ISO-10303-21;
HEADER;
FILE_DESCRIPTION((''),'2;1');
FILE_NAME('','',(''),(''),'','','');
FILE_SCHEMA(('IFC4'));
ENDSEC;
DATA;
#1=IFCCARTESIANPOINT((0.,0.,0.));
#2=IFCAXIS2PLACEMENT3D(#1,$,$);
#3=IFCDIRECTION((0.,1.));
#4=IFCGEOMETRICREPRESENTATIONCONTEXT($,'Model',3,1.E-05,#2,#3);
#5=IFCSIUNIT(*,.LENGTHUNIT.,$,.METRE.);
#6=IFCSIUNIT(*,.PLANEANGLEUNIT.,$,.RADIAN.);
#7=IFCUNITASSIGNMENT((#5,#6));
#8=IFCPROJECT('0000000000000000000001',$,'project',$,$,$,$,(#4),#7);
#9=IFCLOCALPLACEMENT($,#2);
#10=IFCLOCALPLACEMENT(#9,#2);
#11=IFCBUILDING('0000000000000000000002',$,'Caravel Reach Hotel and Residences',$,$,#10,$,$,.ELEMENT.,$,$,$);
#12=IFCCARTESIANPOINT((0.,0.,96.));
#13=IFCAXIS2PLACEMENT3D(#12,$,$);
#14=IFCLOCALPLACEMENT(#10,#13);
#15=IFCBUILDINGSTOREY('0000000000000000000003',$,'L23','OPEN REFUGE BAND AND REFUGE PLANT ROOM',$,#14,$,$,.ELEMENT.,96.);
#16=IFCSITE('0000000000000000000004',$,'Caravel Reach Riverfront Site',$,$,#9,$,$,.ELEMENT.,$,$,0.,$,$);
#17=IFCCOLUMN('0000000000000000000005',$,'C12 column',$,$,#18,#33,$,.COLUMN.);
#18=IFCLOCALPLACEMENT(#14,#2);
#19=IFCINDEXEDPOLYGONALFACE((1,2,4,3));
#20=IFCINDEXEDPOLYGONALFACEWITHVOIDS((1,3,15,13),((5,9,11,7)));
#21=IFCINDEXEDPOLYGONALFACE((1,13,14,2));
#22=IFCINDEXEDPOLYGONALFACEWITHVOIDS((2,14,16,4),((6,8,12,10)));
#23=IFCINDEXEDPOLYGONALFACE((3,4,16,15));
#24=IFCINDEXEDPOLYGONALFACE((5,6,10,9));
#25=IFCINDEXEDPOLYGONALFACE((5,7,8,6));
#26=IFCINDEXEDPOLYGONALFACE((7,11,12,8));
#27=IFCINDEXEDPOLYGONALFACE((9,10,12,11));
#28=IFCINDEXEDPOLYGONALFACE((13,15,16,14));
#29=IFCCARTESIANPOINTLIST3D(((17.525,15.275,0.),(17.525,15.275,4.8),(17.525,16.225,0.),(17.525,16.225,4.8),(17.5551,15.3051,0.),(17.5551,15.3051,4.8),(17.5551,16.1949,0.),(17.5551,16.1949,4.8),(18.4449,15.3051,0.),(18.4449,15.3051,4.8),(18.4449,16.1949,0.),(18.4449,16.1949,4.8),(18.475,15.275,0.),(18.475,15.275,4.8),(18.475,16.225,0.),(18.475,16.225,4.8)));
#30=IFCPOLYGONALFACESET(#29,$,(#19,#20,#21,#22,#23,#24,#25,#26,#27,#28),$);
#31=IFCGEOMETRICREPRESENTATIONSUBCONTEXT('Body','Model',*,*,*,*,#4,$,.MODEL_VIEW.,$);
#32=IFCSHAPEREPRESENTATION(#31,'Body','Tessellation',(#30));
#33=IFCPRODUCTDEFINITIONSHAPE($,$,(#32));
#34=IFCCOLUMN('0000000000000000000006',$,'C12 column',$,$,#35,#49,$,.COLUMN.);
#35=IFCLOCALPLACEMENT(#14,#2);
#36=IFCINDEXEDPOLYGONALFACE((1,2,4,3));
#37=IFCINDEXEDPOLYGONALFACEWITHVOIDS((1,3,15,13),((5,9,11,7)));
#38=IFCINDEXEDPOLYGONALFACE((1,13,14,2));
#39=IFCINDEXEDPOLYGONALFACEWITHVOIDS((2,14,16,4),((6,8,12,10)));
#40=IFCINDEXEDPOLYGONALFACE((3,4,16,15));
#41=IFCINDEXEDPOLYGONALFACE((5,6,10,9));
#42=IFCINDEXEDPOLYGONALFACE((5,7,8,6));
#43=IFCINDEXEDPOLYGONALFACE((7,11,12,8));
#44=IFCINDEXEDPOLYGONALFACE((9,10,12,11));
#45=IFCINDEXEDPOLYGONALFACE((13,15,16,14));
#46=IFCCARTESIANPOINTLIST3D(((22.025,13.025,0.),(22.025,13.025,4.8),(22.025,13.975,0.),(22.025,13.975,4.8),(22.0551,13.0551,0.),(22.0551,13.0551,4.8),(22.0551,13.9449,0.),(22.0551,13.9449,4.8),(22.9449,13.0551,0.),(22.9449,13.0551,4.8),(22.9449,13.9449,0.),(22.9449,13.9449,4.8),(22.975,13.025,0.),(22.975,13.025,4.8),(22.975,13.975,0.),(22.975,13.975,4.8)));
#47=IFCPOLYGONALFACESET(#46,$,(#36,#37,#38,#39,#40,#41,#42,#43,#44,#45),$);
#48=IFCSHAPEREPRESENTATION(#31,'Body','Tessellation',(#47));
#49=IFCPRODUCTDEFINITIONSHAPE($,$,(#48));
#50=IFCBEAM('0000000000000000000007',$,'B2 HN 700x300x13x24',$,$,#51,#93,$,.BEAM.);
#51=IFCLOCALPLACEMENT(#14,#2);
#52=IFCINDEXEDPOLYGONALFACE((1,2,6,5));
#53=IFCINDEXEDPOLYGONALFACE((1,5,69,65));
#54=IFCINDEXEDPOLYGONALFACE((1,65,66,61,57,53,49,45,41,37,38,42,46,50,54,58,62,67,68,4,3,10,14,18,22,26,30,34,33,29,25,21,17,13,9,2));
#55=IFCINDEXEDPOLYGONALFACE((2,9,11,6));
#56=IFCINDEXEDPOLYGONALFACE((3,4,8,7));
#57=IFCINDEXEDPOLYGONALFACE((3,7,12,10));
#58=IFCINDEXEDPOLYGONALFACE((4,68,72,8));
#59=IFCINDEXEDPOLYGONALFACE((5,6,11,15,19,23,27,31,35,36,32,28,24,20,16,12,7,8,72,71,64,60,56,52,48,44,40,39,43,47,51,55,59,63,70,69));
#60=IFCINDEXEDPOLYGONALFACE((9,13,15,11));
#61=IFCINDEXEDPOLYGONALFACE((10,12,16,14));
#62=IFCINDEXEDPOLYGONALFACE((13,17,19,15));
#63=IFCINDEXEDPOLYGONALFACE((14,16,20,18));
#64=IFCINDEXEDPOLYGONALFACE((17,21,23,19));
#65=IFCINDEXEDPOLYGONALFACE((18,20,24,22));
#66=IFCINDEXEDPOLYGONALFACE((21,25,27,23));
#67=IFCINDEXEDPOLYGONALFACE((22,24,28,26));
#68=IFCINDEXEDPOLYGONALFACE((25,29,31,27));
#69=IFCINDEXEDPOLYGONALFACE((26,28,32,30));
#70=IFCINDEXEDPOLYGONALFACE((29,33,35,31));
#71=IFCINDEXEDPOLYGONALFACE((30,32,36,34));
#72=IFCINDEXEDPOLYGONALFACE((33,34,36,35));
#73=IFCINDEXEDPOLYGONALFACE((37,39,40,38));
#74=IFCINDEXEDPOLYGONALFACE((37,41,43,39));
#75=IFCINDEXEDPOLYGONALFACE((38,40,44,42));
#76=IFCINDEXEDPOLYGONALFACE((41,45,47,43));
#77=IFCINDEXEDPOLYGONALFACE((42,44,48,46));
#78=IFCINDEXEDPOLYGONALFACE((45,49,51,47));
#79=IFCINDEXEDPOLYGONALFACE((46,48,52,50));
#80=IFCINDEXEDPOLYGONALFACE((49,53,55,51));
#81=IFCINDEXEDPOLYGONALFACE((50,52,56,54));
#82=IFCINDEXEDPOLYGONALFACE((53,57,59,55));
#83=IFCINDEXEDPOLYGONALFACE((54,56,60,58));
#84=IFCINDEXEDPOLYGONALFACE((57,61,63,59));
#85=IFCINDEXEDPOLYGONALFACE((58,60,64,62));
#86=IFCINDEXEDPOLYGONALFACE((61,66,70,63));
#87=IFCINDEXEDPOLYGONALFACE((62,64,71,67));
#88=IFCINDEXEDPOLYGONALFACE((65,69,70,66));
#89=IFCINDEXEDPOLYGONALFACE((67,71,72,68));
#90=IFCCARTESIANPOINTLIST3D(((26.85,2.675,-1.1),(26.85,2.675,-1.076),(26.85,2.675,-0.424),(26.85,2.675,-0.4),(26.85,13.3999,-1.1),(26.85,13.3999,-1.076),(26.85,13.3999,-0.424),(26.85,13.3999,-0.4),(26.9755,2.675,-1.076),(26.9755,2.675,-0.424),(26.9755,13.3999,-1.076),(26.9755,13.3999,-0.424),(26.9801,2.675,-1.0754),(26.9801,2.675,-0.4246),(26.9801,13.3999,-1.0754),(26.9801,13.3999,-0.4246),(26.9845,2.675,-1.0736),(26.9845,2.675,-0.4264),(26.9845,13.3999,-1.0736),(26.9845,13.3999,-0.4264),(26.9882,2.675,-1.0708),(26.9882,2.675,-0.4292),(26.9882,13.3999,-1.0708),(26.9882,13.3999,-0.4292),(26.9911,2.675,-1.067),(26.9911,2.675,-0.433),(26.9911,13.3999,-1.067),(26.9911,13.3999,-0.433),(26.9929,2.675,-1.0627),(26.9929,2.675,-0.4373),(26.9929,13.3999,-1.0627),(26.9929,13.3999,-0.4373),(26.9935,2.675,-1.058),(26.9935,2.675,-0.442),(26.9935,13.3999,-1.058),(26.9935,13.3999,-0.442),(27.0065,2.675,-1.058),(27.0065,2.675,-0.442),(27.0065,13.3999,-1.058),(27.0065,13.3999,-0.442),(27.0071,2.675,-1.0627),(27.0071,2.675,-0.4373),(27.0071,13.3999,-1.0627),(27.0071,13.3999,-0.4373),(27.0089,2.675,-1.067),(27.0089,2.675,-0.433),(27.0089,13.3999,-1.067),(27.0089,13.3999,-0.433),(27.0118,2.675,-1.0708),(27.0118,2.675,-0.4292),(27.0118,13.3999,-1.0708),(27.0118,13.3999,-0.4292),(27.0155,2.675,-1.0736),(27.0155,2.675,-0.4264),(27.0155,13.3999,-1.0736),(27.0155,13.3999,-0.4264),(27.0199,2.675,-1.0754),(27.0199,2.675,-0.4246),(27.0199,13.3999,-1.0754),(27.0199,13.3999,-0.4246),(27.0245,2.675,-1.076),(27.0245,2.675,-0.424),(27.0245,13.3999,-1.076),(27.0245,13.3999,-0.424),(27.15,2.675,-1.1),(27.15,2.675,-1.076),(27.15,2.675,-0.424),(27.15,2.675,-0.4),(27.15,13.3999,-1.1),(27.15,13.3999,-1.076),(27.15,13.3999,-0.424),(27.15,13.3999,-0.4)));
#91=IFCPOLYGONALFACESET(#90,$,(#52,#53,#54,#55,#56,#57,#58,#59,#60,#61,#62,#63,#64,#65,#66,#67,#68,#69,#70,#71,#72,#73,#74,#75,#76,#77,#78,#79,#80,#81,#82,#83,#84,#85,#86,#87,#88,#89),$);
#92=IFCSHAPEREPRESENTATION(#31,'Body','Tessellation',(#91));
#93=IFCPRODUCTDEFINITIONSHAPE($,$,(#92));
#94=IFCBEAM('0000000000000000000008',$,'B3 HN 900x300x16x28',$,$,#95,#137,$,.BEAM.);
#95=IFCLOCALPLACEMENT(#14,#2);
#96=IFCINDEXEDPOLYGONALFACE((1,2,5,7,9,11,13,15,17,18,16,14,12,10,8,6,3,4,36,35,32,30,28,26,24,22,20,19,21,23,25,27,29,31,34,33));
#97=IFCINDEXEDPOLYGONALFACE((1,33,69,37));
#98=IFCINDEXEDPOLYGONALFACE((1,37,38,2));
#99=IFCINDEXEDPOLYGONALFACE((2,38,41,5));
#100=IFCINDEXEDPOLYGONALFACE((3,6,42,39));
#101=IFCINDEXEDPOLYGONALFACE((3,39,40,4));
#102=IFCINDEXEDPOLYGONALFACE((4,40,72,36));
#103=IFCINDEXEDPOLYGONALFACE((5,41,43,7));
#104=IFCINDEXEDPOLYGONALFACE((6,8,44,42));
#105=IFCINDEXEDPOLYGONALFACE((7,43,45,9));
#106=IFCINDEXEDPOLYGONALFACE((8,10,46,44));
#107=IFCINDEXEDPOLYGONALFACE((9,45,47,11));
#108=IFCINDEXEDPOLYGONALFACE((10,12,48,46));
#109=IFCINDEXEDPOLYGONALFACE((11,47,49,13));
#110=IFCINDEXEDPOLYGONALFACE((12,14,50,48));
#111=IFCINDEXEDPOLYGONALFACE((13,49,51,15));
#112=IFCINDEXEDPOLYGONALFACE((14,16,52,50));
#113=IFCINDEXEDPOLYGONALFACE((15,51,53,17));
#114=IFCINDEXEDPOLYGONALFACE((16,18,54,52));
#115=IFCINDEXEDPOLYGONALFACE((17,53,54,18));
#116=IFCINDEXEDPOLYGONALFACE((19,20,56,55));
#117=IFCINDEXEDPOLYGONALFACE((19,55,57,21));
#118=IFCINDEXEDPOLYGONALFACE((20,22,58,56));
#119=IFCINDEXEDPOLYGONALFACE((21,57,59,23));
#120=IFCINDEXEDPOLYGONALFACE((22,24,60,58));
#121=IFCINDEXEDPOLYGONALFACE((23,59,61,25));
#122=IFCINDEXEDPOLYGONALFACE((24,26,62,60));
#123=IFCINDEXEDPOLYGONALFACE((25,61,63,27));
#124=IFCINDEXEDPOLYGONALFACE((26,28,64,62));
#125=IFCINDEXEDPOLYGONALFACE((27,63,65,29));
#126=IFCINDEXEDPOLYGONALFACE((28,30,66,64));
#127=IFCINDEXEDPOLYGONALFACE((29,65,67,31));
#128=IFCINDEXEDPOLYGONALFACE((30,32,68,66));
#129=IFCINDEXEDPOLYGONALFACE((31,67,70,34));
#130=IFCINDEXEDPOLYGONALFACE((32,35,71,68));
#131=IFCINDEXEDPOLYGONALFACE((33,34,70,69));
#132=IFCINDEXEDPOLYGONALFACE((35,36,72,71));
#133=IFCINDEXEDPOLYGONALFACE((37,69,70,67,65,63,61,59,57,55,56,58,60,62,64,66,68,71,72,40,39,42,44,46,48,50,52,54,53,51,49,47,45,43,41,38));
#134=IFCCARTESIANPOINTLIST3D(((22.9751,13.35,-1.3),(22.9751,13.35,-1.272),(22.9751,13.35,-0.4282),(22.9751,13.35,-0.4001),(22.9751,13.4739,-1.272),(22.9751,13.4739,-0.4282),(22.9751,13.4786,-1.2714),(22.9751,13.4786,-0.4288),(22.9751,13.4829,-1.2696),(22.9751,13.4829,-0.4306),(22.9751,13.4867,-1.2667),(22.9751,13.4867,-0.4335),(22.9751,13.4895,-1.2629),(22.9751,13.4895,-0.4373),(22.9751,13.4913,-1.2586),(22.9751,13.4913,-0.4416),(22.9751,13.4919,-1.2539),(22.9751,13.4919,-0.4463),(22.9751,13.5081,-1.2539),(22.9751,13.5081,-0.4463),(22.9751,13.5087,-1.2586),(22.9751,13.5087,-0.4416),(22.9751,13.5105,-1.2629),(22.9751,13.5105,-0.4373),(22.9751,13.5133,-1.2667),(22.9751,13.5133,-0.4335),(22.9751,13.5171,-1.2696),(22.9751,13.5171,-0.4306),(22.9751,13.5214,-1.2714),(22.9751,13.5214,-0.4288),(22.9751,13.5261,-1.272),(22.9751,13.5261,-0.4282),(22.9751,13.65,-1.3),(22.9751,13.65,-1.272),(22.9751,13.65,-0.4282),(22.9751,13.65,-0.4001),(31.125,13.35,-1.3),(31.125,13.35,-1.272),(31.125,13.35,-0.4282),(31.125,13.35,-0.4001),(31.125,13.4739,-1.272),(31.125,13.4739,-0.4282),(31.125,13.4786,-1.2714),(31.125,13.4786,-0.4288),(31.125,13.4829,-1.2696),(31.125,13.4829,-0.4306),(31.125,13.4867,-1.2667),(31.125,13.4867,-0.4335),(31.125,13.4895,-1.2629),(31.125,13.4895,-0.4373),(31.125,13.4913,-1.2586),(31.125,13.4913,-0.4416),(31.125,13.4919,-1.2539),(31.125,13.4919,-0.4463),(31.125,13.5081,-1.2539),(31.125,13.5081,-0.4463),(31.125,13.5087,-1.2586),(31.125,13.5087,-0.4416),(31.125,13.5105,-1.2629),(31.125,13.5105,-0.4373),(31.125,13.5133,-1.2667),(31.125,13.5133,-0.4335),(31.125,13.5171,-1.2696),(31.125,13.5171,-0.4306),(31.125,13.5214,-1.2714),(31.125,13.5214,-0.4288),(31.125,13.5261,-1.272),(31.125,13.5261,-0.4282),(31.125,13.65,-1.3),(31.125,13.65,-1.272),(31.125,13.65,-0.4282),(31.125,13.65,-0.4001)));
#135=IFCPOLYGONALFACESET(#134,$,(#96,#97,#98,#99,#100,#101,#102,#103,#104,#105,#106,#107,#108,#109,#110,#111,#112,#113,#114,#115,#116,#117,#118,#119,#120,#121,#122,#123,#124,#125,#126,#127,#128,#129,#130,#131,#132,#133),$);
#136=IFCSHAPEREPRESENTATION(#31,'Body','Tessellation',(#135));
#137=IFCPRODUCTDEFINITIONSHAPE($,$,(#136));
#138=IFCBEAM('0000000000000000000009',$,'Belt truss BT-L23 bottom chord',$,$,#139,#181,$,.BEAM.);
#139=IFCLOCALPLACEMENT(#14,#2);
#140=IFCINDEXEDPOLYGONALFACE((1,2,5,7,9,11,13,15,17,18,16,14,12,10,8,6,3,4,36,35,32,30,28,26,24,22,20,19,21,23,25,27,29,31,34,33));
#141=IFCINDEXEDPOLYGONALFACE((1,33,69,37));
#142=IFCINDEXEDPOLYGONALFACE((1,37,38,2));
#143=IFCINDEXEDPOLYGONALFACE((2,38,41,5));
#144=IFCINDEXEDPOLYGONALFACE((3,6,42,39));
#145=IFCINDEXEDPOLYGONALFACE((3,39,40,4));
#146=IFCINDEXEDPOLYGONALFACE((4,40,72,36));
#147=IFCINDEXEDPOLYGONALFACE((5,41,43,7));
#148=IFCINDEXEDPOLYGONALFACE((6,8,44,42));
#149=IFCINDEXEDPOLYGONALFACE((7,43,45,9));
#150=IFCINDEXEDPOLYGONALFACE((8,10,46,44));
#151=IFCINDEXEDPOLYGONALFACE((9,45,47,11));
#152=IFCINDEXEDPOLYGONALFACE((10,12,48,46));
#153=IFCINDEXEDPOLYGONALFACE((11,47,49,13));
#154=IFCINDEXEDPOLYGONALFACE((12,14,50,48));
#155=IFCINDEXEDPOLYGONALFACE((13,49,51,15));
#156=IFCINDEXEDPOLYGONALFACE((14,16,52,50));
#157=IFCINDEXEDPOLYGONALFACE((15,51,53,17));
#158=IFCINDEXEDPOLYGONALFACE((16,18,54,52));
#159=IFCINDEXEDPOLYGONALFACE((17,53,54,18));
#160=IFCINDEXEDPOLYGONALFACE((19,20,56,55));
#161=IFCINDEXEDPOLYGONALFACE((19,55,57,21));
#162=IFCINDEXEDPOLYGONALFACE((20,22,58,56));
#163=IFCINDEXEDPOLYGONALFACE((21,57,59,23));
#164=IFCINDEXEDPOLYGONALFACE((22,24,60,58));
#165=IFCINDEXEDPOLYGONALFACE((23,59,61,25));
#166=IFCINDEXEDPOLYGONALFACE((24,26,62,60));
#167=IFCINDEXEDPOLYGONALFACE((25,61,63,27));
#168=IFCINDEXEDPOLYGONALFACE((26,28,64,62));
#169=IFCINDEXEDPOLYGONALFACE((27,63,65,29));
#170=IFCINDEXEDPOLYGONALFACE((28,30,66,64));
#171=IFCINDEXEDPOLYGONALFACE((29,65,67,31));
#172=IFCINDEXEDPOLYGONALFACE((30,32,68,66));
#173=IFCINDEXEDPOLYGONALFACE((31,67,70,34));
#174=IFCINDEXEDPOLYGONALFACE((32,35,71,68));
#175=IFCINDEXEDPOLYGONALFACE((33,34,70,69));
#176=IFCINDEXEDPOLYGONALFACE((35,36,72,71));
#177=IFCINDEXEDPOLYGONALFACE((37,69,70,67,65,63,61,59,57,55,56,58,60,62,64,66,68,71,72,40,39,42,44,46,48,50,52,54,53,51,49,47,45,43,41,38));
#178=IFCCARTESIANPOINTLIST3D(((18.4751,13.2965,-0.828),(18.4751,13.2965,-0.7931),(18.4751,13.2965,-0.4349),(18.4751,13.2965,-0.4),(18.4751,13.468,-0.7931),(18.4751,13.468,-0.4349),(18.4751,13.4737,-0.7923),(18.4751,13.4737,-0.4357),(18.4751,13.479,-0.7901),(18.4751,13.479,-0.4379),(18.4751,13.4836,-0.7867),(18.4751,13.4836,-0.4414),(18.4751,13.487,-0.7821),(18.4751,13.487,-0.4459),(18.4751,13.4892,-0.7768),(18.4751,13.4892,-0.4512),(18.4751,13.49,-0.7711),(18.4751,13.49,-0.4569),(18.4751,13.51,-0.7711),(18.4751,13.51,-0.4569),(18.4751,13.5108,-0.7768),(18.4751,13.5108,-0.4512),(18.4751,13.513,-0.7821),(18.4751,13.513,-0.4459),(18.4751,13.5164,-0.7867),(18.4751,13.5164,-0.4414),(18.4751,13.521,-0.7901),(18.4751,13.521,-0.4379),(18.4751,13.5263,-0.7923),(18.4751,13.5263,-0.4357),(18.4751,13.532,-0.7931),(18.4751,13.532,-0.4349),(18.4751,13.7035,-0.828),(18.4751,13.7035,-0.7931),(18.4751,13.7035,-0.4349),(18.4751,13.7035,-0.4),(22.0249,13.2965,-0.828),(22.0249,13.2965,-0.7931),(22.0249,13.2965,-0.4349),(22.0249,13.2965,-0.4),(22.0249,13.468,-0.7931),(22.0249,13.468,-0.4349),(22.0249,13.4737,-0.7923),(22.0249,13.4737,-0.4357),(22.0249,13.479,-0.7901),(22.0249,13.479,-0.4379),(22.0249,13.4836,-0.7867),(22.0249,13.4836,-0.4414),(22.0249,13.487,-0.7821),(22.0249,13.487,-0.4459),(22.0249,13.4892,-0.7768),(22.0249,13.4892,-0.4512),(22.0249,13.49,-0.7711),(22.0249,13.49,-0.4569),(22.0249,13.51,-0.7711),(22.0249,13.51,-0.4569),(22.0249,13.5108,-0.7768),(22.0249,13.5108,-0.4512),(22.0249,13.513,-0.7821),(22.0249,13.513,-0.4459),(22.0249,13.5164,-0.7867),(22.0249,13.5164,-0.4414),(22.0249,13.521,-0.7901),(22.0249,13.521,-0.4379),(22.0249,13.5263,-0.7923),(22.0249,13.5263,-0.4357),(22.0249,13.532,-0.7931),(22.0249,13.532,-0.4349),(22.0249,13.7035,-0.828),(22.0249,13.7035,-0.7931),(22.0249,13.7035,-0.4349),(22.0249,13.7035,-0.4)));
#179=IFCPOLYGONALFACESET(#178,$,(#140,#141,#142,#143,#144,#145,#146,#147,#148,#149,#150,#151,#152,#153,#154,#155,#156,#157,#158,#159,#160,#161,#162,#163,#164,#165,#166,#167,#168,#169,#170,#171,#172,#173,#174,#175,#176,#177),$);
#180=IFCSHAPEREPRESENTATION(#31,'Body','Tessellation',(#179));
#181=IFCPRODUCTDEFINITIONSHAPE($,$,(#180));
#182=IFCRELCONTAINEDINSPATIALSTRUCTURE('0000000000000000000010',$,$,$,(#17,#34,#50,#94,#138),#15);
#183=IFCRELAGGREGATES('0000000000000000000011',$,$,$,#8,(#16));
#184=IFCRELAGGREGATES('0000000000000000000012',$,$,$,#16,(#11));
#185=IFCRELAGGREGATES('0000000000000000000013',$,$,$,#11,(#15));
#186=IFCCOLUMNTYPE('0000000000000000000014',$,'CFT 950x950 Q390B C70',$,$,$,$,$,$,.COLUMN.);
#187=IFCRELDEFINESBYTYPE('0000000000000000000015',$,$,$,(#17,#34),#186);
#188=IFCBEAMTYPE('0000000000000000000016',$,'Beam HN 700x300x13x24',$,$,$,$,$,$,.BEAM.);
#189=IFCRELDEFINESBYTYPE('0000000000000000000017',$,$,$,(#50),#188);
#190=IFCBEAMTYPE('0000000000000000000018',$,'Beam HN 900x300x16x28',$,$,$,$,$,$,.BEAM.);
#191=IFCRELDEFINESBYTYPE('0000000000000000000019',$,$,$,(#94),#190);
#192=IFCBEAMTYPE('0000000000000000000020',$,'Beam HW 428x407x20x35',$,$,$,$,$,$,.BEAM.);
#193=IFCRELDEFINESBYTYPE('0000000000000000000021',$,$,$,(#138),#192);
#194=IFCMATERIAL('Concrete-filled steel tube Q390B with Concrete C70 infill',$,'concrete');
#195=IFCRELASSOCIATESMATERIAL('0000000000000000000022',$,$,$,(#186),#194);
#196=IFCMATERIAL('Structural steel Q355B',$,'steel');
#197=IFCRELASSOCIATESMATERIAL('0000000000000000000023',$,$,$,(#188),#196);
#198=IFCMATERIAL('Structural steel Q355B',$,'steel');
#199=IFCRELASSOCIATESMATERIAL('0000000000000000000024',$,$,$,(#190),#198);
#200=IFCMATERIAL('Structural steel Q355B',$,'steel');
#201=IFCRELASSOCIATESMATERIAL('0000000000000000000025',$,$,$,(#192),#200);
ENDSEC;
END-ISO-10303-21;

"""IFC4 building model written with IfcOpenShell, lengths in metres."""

from ifc_helpers import new_model, si_unit, direction, frame, origin, origin_2d, place, context, subcontext, project, spatial, hollow_rectangle, i_section, extrude, material, material_profile, profile_set, type_object, element, save


model = new_model("IFC4")

# Units and contexts
model_context = context("Model", 3, precision=1e-05, world=origin(), true_north=direction((0.0, 1.0)))
body_context = subcontext(model_context, "Body", "Model", "MODEL_VIEW")
ifc_project = project(units=[si_unit("LENGTHUNIT", "METRE"), si_unit("PLANEANGLEUNIT", "RADIAN")], contexts=[model_context])

# Site, building, storey
site_placement = place(None, origin())
site = spatial("IfcSite", under=ifc_project, at=site_placement, Name="Caravel Reach Riverfront Site", CompositionType="ELEMENT", RefElevation=0.0)
building_placement = place(site_placement, origin())
building = spatial("IfcBuilding", under=site, at=building_placement, Name="Caravel Reach Hotel and Residences", CompositionType="ELEMENT")
storey_placement = place(building_placement, frame((0.0, 0.0, 96.0)))
storey = spatial("IfcBuildingStorey", under=building, at=storey_placement, Name="L23", Description="OPEN REFUGE BAND AND REFUGE PLANT ROOM", CompositionType="ELEMENT", Elevation=96.0)

# Columns
ifc_material_1 = material(Name="Concrete-filled steel tube Q390B with Concrete C70 infill", Category="concrete")
ifc_material_profile_1 = material_profile(ifc_material_1, hollow_rectangle(XDim=0.95, YDim=0.95, WallThickness=0.03, at=origin_2d()), Name="RHS 950x950x30")
ifc_profile_set_1 = profile_set([ifc_material_profile_1], Name="Concrete-filled steel tube Q390B with Concrete C70 infill")
column_type = type_object("IfcColumnType", Name="CFT 950x950 Q390B C70", PredefinedType="COLUMN", material=ifc_profile_set_1)
for number, where, z_axis, x_axis, name in (
    (1, (18.0, 15.75, 0.0), (0.0, 0.0, 1.0), (1.0, 0.0, 0.0), "C12 column"),
    (2, (22.5, 13.5, 0.0), (0.0, 0.0, 1.0), (1.0, 0.0, 0.0), "C12 column"),
):
    element("IfcColumn", number, at=place(storey_placement, frame(where, z_axis=z_axis, x_axis=x_axis)), inside=storey, type_object=column_type, Name=name, PredefinedType="COLUMN", context=body_context, shape_type="SweptSolid", body=[
        extrude(hollow_rectangle(XDim=0.95, YDim=0.95, WallThickness=0.03, at=origin_2d()), origin(), (0.0, 0.0, 1.0), 4.8),
    ])

# Beams
ifc_material_2 = material(Name="Structural steel Q355B", Category="steel")
ifc_material_profile_2 = material_profile(ifc_material_2, i_section(OverallWidth=0.3, OverallDepth=0.7, WebThickness=0.0129, FlangeThickness=0.0239, FilletRadius=0.0181, at=origin_2d()), Name="HN 700x300x13x24")
ifc_profile_set_2 = profile_set([ifc_material_profile_2], Name="Structural steel Q355B")
beam_type_1 = type_object("IfcBeamType", Name="Beam HN 700x300x13x24", PredefinedType="BEAM", material=ifc_profile_set_2)
beam_1_placement = place(storey_placement, frame((27.0, 13.3999, -0.75), z_axis=(0.0, -1.0, 0.0), x_axis=(1.0, 0.0, 0.0)))
element("IfcBeam", 3, at=beam_1_placement, inside=storey, type_object=beam_type_1, Name="B2 HN 700x300x13x24", PredefinedType="BEAM", context=body_context, shape_type="SweptSolid", body=[
    extrude(i_section(OverallWidth=0.3, OverallDepth=0.7, WebThickness=0.0129, FlangeThickness=0.0239, FilletRadius=0.0181, at=origin_2d()), origin(), (0.0, 0.0, 1.0), 10.7249),
])
ifc_material_3 = material(Name="Structural steel Q355B", Category="steel")
ifc_material_profile_3 = material_profile(ifc_material_3, i_section(OverallWidth=0.3, OverallDepth=0.8999, WebThickness=0.0161, FlangeThickness=0.0281, FilletRadius=0.0181, at=origin_2d()), Name="HN 900x300x16x28")
ifc_profile_set_3 = profile_set([ifc_material_profile_3], Name="Structural steel Q355B")
beam_type_2 = type_object("IfcBeamType", Name="Beam HN 900x300x16x28", PredefinedType="BEAM", material=ifc_profile_set_3)
beam_2_placement = place(storey_placement, frame((22.9751, 13.5, -0.8501), z_axis=(1.0, 0.0, 0.0), x_axis=(0.0, 1.0, 0.0)))
element("IfcBeam", 4, at=beam_2_placement, inside=storey, type_object=beam_type_2, Name="B3 HN 900x300x16x28", PredefinedType="BEAM", context=body_context, shape_type="SweptSolid", body=[
    extrude(i_section(OverallWidth=0.3, OverallDepth=0.8999, WebThickness=0.0161, FlangeThickness=0.0281, FilletRadius=0.0181, at=origin_2d()), origin(), (0.0, 0.0, 1.0), 8.1499),
])
ifc_material_4 = material(Name="Structural steel Q355B", Category="steel")
ifc_material_profile_4 = material_profile(ifc_material_4, i_section(OverallWidth=0.407, OverallDepth=0.428, WebThickness=0.02, FlangeThickness=0.0349, FilletRadius=0.022, at=origin_2d()), Name="HW 428x407x20x35")
ifc_profile_set_4 = profile_set([ifc_material_profile_4], Name="Structural steel Q355B")
beam_type_3 = type_object("IfcBeamType", Name="Beam HW 428x407x20x35", PredefinedType="BEAM", material=ifc_profile_set_4)
for number, where, z_axis, x_axis, name in (
    (5, (18.4751, 13.5, -0.614), (1.0, 0.0, 0.0), (0.0, 1.0, 0.0), "Belt truss BT-L23 bottom chord"),
):
    element("IfcBeam", number, at=place(storey_placement, frame(where, z_axis=z_axis, x_axis=x_axis)), inside=storey, type_object=beam_type_3, Name=name, PredefinedType="BEAM", context=body_context, shape_type="SweptSolid", body=[
        extrude(i_section(OverallWidth=0.407, OverallDepth=0.428, WebThickness=0.02, FlangeThickness=0.0349, FilletRadius=0.022, at=origin_2d()), origin(), (0.0, 0.0, 1.0), 3.5498),
    ])

save(model, "model.ifc")
